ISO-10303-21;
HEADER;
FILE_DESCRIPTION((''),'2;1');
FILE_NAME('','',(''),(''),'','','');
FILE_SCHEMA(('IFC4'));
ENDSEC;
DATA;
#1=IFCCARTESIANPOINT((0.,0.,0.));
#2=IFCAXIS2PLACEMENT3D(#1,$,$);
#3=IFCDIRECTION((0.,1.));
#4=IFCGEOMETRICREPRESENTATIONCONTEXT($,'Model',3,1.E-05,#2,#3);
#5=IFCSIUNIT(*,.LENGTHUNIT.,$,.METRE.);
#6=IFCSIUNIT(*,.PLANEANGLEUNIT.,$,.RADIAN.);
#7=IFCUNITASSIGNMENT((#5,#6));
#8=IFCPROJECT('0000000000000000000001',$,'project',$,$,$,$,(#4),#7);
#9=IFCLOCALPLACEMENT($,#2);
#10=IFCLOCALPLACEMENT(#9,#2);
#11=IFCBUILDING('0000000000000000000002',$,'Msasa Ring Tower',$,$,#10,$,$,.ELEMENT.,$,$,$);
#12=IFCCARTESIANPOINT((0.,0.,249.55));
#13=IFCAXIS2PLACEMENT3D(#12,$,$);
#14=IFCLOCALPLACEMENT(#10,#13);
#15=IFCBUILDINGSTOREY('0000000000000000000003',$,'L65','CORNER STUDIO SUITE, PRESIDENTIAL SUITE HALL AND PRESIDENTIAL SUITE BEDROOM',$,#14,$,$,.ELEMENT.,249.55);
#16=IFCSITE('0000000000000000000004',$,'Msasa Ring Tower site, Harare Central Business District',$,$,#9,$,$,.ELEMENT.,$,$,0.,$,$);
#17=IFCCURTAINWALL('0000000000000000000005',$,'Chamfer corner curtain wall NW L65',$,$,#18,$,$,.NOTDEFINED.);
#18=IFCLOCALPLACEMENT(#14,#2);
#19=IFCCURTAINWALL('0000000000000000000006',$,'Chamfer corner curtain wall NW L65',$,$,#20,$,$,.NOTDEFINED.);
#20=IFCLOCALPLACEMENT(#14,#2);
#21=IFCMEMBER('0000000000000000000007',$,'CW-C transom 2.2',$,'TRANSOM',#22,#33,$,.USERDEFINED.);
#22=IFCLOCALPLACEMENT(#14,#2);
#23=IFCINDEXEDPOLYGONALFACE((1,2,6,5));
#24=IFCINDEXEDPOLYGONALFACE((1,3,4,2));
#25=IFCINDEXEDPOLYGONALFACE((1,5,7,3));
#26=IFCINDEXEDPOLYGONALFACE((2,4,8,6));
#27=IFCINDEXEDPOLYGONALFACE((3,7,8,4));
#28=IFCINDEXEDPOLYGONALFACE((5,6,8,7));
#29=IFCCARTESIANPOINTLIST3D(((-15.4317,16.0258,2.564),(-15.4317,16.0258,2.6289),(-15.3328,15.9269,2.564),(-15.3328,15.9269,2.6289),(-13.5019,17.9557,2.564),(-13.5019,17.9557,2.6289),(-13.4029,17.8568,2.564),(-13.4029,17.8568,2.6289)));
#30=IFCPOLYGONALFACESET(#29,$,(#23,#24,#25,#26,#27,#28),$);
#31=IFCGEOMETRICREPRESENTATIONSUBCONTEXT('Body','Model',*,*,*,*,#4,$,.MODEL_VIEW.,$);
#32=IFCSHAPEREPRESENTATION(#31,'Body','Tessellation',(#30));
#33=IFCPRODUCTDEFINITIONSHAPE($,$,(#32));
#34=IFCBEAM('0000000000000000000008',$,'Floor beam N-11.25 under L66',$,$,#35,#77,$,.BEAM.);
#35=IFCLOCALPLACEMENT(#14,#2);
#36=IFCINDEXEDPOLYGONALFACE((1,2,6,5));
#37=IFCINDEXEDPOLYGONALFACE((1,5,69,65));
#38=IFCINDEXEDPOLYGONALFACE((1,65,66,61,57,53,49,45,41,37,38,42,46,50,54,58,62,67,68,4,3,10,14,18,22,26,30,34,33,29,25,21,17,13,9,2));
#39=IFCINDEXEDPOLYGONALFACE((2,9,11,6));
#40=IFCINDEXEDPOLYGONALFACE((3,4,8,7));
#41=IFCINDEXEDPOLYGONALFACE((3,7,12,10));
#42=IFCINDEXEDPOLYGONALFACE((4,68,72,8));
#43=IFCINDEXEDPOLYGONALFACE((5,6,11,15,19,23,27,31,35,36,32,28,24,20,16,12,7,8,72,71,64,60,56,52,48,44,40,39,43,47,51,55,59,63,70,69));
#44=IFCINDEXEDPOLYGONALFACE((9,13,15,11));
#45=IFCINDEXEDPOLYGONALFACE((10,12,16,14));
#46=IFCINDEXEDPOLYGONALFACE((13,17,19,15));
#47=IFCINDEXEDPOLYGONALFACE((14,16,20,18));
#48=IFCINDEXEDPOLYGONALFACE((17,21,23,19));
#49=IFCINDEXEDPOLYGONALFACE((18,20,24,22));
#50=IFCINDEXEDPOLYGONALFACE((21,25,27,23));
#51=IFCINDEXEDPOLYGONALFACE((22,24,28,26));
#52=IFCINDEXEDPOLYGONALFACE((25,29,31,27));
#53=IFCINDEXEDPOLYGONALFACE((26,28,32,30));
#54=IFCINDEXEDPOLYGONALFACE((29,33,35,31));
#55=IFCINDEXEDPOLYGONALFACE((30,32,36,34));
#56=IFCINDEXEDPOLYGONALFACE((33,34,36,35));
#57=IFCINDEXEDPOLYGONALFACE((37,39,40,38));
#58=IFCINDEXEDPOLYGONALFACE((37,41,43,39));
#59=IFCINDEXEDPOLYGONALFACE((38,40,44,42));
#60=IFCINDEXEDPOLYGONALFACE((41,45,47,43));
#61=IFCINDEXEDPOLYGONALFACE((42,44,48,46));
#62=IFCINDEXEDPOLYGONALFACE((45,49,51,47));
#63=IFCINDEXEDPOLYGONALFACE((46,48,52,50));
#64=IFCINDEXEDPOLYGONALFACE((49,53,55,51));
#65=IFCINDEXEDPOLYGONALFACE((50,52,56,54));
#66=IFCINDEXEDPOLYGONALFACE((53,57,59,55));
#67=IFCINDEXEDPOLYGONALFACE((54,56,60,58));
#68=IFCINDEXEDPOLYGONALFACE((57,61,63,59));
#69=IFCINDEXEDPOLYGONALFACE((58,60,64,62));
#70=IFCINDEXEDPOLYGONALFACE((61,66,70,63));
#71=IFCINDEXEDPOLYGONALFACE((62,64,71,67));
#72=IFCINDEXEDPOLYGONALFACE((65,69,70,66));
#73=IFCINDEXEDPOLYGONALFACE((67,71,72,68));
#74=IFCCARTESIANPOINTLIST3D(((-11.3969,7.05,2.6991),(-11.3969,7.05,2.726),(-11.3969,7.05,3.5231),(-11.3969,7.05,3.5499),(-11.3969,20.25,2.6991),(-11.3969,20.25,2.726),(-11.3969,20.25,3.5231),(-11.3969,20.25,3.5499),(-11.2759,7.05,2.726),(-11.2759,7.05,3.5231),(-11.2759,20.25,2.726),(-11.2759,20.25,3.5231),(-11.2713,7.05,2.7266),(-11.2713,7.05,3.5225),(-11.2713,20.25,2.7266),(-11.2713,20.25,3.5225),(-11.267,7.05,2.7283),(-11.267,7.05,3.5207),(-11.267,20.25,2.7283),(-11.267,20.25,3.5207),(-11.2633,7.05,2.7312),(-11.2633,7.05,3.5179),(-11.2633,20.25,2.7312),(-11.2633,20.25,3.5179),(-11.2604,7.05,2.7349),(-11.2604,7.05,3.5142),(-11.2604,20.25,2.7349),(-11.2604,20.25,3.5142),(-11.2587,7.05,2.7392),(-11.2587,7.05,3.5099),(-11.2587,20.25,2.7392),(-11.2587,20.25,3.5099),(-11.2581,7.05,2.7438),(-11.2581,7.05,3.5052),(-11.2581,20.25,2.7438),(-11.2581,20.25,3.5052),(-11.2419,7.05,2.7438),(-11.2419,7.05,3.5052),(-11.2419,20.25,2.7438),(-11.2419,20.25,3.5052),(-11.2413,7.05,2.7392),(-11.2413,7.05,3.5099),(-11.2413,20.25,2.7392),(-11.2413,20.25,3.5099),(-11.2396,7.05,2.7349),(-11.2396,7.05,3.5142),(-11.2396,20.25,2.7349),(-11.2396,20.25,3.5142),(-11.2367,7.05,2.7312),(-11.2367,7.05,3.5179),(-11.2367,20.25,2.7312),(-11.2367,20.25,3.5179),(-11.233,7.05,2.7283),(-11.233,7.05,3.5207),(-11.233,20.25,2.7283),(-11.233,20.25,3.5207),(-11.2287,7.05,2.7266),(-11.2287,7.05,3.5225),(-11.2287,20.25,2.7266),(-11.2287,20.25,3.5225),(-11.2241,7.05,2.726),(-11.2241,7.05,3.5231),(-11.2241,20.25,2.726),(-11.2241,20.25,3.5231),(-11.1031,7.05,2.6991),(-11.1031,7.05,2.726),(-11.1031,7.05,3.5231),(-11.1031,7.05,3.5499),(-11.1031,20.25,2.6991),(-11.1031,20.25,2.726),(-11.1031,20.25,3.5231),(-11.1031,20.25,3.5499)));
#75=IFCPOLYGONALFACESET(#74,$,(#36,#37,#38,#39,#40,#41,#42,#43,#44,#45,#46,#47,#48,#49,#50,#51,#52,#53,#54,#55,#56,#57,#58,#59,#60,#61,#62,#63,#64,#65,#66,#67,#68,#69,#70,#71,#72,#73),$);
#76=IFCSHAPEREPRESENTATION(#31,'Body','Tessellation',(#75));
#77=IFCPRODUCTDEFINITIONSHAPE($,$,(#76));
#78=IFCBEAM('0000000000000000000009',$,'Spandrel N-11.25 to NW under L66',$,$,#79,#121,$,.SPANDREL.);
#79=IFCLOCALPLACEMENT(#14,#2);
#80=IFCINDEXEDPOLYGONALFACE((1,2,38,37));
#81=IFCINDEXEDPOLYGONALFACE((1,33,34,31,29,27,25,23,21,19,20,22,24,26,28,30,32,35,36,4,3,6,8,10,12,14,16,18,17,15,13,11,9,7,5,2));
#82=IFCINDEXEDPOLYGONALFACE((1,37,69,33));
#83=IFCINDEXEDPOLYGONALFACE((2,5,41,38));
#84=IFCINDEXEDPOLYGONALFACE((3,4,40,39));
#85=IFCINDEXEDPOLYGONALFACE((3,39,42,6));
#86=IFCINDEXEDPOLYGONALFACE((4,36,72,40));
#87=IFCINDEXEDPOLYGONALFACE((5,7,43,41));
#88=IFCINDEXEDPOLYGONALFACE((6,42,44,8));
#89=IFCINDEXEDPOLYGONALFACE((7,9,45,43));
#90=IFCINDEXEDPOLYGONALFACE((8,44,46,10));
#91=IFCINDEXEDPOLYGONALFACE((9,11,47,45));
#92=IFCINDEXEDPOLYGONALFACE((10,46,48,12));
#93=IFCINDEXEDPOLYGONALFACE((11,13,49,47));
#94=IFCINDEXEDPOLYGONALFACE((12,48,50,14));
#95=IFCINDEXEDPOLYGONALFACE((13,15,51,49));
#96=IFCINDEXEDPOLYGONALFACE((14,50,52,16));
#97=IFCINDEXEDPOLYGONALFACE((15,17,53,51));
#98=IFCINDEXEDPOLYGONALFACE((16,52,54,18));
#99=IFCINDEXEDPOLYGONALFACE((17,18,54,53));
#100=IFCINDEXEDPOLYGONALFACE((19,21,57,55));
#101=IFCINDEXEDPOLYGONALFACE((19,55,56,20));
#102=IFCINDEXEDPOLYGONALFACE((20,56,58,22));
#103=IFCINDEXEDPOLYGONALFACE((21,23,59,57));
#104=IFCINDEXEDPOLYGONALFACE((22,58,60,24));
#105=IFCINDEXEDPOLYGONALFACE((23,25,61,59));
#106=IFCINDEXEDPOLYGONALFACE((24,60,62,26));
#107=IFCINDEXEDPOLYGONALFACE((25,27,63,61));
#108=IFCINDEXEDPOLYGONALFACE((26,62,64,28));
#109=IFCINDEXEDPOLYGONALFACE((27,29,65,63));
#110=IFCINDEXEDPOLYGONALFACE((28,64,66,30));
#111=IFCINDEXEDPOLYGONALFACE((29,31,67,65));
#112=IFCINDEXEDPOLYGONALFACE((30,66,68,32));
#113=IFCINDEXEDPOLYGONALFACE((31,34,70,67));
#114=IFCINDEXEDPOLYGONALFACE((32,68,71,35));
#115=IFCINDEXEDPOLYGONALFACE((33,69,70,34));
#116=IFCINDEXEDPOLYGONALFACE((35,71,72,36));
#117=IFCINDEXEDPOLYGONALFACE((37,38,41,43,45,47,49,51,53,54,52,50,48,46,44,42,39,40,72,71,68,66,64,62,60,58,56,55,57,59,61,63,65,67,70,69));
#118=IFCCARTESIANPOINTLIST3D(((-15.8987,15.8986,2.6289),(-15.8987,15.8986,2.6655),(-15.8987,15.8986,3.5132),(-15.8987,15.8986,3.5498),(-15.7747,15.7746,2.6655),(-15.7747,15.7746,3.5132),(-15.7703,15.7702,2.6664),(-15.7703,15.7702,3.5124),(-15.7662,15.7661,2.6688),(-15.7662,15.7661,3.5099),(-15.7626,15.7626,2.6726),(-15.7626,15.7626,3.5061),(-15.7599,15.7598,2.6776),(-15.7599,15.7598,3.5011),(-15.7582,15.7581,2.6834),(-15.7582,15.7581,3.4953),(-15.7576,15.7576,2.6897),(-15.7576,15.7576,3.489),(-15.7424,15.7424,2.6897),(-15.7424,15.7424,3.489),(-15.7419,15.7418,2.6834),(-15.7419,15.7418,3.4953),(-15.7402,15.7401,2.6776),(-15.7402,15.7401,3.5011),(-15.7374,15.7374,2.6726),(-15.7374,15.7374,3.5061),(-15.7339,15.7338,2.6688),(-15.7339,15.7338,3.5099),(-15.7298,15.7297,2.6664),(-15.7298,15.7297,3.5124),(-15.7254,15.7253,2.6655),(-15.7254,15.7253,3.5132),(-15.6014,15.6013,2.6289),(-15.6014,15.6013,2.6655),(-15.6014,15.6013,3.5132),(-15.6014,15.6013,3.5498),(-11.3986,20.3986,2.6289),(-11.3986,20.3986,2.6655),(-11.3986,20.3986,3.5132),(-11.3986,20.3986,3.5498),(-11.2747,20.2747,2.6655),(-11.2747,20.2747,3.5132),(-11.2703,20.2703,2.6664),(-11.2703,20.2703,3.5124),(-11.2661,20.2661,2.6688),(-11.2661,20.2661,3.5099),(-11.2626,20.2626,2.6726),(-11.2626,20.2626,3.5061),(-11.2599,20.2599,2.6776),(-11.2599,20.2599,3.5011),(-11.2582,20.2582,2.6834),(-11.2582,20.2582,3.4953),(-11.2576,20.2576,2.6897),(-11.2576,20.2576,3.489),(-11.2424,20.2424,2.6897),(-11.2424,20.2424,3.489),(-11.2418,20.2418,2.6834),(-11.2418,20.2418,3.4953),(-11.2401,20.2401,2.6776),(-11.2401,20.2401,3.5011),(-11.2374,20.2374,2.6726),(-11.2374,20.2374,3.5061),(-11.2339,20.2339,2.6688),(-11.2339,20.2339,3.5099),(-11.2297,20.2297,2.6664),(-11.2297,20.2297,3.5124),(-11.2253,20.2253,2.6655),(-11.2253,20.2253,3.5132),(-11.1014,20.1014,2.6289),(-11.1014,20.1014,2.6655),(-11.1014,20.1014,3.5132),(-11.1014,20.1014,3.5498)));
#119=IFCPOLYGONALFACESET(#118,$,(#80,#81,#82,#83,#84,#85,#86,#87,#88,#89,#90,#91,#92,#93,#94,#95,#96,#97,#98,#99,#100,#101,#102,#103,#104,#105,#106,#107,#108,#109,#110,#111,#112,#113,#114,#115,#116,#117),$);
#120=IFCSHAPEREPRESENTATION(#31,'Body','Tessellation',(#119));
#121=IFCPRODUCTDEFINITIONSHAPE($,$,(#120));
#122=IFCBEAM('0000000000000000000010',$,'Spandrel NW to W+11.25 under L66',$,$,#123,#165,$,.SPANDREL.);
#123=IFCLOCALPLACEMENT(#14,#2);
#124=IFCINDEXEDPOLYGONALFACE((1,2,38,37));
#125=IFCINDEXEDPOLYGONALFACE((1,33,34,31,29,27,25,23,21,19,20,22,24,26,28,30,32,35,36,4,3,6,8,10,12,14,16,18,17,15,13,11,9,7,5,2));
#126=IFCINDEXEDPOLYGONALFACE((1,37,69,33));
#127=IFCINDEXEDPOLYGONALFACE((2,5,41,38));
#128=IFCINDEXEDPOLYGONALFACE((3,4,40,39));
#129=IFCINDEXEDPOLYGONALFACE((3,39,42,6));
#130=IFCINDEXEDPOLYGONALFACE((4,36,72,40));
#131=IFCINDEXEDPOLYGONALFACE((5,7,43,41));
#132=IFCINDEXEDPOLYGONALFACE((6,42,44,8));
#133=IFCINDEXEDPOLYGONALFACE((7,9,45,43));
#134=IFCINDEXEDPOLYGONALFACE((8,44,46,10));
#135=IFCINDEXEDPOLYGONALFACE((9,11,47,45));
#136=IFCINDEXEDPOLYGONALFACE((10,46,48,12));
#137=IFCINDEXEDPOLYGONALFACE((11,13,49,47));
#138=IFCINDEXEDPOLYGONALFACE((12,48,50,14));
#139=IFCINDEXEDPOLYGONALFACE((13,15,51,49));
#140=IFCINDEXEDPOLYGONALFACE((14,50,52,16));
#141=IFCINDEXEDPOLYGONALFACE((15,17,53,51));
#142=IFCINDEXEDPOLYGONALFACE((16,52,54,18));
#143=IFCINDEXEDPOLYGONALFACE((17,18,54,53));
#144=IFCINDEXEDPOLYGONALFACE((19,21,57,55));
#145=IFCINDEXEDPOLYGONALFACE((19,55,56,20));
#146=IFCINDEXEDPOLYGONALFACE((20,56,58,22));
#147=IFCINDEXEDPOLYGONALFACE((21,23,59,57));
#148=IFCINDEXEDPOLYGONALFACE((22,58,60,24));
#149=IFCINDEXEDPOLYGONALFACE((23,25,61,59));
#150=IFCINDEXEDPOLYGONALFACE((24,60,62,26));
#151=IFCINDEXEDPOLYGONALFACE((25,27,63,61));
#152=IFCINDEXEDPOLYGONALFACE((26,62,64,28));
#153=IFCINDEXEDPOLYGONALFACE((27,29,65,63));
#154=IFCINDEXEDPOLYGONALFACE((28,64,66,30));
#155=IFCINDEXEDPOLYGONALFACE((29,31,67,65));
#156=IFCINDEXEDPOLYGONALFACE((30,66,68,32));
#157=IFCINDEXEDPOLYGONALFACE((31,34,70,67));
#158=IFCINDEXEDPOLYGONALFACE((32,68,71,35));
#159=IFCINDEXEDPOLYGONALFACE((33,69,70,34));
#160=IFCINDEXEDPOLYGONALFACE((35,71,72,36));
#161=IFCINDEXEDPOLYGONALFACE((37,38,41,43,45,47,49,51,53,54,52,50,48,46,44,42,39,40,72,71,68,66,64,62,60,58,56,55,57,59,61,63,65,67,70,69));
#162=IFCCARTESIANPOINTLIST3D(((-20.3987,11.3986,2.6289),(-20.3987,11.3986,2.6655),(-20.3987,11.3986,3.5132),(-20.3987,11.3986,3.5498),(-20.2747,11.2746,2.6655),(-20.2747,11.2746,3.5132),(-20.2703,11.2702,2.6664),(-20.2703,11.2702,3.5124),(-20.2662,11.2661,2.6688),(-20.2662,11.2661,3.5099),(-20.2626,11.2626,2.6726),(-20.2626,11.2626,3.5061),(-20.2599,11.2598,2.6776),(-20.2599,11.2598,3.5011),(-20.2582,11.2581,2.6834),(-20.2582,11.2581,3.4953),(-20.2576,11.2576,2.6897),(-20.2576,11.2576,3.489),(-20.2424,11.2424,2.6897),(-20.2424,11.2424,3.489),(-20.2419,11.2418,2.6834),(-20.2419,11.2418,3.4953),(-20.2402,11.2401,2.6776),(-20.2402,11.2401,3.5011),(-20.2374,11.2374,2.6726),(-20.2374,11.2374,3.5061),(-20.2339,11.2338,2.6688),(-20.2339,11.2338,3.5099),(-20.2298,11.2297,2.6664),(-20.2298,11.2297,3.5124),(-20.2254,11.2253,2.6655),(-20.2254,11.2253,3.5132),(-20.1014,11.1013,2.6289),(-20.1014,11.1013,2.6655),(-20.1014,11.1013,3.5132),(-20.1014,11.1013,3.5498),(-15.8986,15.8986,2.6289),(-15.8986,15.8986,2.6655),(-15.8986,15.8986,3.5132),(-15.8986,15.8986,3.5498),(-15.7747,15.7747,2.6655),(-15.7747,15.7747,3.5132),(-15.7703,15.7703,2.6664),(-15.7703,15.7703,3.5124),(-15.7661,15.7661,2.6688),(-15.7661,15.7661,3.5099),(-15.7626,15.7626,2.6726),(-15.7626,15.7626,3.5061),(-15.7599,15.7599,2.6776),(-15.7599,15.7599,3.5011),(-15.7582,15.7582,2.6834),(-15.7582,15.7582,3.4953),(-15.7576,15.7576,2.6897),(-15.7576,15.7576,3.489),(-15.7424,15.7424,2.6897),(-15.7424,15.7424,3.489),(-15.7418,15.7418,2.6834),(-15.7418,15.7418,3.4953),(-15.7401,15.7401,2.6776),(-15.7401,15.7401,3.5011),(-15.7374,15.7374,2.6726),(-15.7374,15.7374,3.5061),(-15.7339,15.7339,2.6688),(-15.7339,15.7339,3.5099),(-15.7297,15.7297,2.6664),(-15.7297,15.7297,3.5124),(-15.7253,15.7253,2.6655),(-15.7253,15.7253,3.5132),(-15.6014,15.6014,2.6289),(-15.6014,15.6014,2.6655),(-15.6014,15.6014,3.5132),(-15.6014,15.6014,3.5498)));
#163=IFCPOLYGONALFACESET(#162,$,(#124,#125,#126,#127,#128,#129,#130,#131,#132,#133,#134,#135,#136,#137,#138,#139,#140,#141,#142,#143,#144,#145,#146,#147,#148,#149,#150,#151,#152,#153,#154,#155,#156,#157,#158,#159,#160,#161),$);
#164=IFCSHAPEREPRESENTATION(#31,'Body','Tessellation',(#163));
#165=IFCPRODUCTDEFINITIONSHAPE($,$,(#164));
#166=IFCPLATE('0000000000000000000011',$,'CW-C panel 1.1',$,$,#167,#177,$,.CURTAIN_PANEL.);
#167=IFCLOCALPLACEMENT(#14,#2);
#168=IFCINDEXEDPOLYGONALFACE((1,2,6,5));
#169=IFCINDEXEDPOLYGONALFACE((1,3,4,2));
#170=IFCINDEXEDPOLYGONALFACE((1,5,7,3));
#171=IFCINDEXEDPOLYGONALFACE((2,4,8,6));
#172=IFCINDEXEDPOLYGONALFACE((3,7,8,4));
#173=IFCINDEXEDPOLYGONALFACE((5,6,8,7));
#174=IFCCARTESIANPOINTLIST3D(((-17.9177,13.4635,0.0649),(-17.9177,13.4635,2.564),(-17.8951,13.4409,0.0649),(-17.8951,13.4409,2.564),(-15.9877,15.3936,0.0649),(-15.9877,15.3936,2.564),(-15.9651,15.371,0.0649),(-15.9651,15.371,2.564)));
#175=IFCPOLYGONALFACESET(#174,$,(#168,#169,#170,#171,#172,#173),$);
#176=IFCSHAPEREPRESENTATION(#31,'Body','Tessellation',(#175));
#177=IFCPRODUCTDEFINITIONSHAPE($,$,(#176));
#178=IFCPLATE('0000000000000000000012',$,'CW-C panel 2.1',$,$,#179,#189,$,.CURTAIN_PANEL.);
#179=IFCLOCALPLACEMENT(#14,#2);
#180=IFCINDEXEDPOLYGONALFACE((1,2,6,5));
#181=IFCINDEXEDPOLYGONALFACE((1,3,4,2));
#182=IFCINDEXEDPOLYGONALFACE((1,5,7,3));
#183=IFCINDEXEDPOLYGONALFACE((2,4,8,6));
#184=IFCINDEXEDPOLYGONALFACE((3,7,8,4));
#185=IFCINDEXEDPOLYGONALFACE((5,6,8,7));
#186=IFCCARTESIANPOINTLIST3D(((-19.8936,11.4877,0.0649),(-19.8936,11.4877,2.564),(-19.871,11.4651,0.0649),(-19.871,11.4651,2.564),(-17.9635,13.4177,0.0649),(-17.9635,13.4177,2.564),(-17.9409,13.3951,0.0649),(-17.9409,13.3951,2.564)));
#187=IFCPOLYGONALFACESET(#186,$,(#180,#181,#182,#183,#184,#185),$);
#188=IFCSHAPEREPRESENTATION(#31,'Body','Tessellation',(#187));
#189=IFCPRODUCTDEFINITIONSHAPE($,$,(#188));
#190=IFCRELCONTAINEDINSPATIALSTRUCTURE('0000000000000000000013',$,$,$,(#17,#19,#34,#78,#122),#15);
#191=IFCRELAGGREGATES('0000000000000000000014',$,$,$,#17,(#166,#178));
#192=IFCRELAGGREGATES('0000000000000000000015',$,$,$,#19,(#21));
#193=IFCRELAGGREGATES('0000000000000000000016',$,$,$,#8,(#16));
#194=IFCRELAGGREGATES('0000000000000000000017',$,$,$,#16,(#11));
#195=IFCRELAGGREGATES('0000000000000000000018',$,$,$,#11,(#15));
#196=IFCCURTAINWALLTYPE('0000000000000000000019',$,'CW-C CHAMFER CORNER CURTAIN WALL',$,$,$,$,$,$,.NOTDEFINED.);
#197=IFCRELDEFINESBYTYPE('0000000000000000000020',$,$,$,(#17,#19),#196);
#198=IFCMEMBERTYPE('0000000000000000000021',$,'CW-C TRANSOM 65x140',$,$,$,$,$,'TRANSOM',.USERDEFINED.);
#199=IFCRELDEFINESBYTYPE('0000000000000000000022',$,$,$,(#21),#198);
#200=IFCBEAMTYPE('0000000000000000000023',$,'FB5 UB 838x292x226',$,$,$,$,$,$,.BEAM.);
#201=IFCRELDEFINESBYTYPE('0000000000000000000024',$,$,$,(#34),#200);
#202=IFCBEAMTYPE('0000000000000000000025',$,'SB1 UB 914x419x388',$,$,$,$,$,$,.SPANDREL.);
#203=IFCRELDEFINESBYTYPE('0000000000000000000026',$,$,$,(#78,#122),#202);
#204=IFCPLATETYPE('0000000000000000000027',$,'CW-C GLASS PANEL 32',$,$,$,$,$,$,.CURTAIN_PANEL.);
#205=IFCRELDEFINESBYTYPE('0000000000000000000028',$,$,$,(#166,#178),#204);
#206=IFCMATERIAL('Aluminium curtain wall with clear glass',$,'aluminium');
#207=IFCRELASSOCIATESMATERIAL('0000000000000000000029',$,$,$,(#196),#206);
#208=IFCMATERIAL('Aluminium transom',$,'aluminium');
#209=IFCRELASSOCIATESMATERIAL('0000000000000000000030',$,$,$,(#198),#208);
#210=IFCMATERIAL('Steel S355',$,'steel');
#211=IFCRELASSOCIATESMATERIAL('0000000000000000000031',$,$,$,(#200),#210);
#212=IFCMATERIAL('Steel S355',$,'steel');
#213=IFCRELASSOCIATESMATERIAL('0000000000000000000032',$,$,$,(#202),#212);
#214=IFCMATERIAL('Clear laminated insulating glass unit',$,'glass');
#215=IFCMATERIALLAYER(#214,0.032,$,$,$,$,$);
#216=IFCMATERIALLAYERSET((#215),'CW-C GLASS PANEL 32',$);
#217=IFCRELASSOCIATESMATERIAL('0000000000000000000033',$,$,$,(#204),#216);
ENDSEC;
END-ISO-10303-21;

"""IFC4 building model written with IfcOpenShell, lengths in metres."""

from ifc_helpers import new_model, si_unit, direction, frame, origin, origin_2d, place, context, subcontext, project, spatial, rectangle, i_section, extrude, material, layer, layer_set, material_profile, profile_set, type_object, element, aggregate, save


model = new_model("IFC4")

# Units and contexts
model_context = context("Model", 3, precision=1e-05, world=origin(), true_north=direction((0.0, 1.0)))
body_context = subcontext(model_context, "Body", "Model", "MODEL_VIEW")
ifc_project = project(units=[si_unit("LENGTHUNIT", "METRE"), si_unit("PLANEANGLEUNIT", "RADIAN")], contexts=[model_context])

# Site, building, storey
site_placement = place(None, origin())
site = spatial("IfcSite", under=ifc_project, at=site_placement, Name="Msasa Ring Tower site, Harare Central Business District", CompositionType="ELEMENT", RefElevation=0.0)
building_placement = place(site_placement, origin())
building = spatial("IfcBuilding", under=site, at=building_placement, Name="Msasa Ring Tower", CompositionType="ELEMENT")
storey_placement = place(building_placement, frame((0.0, 0.0, 249.55)))
storey = spatial("IfcBuildingStorey", under=building, at=storey_placement, Name="L65", Description="CORNER STUDIO SUITE, PRESIDENTIAL SUITE HALL AND PRESIDENTIAL SUITE BEDROOM", CompositionType="ELEMENT", Elevation=249.55)

# Curtain walls
ifc_material_1 = material(Name="Aluminium curtain wall with clear glass", Category="aluminium")
curtain_wall_type = type_object("IfcCurtainWallType", Name="CW-C CHAMFER CORNER CURTAIN WALL", PredefinedType="NOTDEFINED", material=ifc_material_1)
curtain_wall_1_placement = place(storey_placement, origin())
curtain_wall_1 = element("IfcCurtainWall", 1, at=curtain_wall_1_placement, inside=storey, type_object=curtain_wall_type, Name="Chamfer corner curtain wall NW L65", PredefinedType="NOTDEFINED")
curtain_wall_2_placement = place(storey_placement, origin())
curtain_wall_2 = element("IfcCurtainWall", 2, at=curtain_wall_2_placement, inside=storey, type_object=curtain_wall_type, Name="Chamfer corner curtain wall NW L65", PredefinedType="NOTDEFINED")

# Member
ifc_material_2 = material(Name="Aluminium transom", Category="aluminium")
ifc_material_profile_1 = material_profile(ifc_material_2, rectangle(XDim=0.1399, YDim=0.0649, at=origin_2d()), Name="AL 65x140")
ifc_profile_set_1 = profile_set([ifc_material_profile_1], Name="Aluminium transom")
member_type_1 = type_object("IfcMemberType", Name="CW-C TRANSOM 65x140", ElementType="TRANSOM", PredefinedType="USERDEFINED", material=ifc_profile_set_1)
member_1_placement = place(storey_placement, frame((-13.4524, 17.9062, 2.5964), z_axis=(-0.707107, -0.707107, 0.0), x_axis=(0.707107, -0.707107, 0.0)))
member_1 = element("IfcMember", 3, at=member_1_placement, type_object=member_type_1, Name="CW-C transom 2.2", ObjectType="TRANSOM", PredefinedType="USERDEFINED", context=body_context, shape_type="SweptSolid", body=[
    extrude(rectangle(XDim=0.1399, YDim=0.0649, at=origin_2d()), origin(), (0.0, 0.0, 1.0), 2.7292),
])

# Beams
ifc_material_3 = material(Name="Steel S355", Category="steel")
ifc_material_profile_2 = material_profile(ifc_material_3, i_section(OverallWidth=0.2937, OverallDepth=0.8508, WebThickness=0.0161, FlangeThickness=0.0269, FilletRadius=0.0178, at=origin_2d()), Name="UB 838x292x226")
ifc_profile_set_2 = profile_set([ifc_material_profile_2], Name="Steel S355")
beam_type_1 = type_object("IfcBeamType", Name="FB5 UB 838x292x226", PredefinedType="BEAM", material=ifc_profile_set_2)
beam_placement = place(storey_placement, frame((-11.25, 20.25, 3.1245), z_axis=(0.0, -1.0, 0.0), x_axis=(1.0, 0.0, 0.0)))
element("IfcBeam", 4, at=beam_placement, inside=storey, type_object=beam_type_1, Name="Floor beam N-11.25 under L66", PredefinedType="BEAM", context=body_context, shape_type="SweptSolid", body=[
    extrude(i_section(OverallWidth=0.2937, OverallDepth=0.8508, WebThickness=0.0161, FlangeThickness=0.0269, FilletRadius=0.0178, at=origin_2d()), origin(), (0.0, 0.0, 1.0), 13.2),
])
ifc_material_4 = material(Name="Steel S355", Category="steel")
ifc_material_profile_3 = material_profile(ifc_material_4, i_section(OverallWidth=0.4204, OverallDepth=0.9209, WebThickness=0.0215, FlangeThickness=0.0366, FilletRadius=0.0242, at=origin_2d()), Name="UB 914x419x388")
ifc_profile_set_3 = profile_set([ifc_material_profile_3], Name="Steel S355")
beam_type_2 = type_object("IfcBeamType", Name="SB1 UB 914x419x388", PredefinedType="SPANDREL", material=ifc_profile_set_3)
for number, where, z_axis, x_axis, name in (
    (5, (-11.25, 20.25, 3.0894), (-0.707107, -0.707107, 0.0), (0.707107, -0.707107, 0.0), "Spandrel N-11.25 to NW under L66"),
    (6, (-15.75, 15.75, 3.0894), (-0.707107, -0.707107, 0.0), (0.707107, -0.707107, 0.0), "Spandrel NW to W+11.25 under L66"),
):
    element("IfcBeam", number, at=place(storey_placement, frame(where, z_axis=z_axis, x_axis=x_axis)), inside=storey, type_object=beam_type_2, Name=name, PredefinedType="SPANDREL", context=body_context, shape_type="SweptSolid", body=[
        extrude(i_section(OverallWidth=0.4204, OverallDepth=0.9209, WebThickness=0.0215, FlangeThickness=0.0366, FilletRadius=0.0242, at=origin_2d()), origin(), (0.0, 0.0, 1.0), 6.364),
    ])

# Plates
ifc_material_5 = material(Name="Clear laminated insulating glass unit", Category="glass")
ifc_layer_1 = layer(ifc_material_5, 0.032)
ifc_layer_set_1 = layer_set([ifc_layer_1], Name="CW-C GLASS PANEL 32")
plate_type = type_object("IfcPlateType", Name="CW-C GLASS PANEL 32", PredefinedType="CURTAIN_PANEL", material=ifc_layer_set_1)
plate_1_placement = place(storey_placement, frame((-16.9414, 14.4172, 0.0649), z_axis=(0.0, 0.0, 1.0), x_axis=(-0.707107, -0.707107, 0.0)))
plate_1 = element("IfcPlate", 7, at=plate_1_placement, type_object=plate_type, Name="CW-C panel 1.1", PredefinedType="CURTAIN_PANEL", context=body_context, shape_type="SweptSolid", body=[
    extrude(rectangle(XDim=2.7295, YDim=0.032, at=origin_2d()), origin(), (0.0, 0.0, 1.0), 2.499),
])
plate_2_placement = place(storey_placement, frame((-18.9172, 12.4414, 0.0649), z_axis=(0.0, 0.0, 1.0), x_axis=(-0.707107, -0.707107, 0.0)))
plate_2 = element("IfcPlate", 8, at=plate_2_placement, type_object=plate_type, Name="CW-C panel 2.1", PredefinedType="CURTAIN_PANEL", context=body_context, shape_type="SweptSolid", body=[
    extrude(rectangle(XDim=2.7295, YDim=0.032, at=origin_2d()), origin(), (0.0, 0.0, 1.0), 2.499),
])
aggregate(curtain_wall_1, [plate_1, plate_2])
aggregate(curtain_wall_2, [member_1])

save(model, "model.ifc")
